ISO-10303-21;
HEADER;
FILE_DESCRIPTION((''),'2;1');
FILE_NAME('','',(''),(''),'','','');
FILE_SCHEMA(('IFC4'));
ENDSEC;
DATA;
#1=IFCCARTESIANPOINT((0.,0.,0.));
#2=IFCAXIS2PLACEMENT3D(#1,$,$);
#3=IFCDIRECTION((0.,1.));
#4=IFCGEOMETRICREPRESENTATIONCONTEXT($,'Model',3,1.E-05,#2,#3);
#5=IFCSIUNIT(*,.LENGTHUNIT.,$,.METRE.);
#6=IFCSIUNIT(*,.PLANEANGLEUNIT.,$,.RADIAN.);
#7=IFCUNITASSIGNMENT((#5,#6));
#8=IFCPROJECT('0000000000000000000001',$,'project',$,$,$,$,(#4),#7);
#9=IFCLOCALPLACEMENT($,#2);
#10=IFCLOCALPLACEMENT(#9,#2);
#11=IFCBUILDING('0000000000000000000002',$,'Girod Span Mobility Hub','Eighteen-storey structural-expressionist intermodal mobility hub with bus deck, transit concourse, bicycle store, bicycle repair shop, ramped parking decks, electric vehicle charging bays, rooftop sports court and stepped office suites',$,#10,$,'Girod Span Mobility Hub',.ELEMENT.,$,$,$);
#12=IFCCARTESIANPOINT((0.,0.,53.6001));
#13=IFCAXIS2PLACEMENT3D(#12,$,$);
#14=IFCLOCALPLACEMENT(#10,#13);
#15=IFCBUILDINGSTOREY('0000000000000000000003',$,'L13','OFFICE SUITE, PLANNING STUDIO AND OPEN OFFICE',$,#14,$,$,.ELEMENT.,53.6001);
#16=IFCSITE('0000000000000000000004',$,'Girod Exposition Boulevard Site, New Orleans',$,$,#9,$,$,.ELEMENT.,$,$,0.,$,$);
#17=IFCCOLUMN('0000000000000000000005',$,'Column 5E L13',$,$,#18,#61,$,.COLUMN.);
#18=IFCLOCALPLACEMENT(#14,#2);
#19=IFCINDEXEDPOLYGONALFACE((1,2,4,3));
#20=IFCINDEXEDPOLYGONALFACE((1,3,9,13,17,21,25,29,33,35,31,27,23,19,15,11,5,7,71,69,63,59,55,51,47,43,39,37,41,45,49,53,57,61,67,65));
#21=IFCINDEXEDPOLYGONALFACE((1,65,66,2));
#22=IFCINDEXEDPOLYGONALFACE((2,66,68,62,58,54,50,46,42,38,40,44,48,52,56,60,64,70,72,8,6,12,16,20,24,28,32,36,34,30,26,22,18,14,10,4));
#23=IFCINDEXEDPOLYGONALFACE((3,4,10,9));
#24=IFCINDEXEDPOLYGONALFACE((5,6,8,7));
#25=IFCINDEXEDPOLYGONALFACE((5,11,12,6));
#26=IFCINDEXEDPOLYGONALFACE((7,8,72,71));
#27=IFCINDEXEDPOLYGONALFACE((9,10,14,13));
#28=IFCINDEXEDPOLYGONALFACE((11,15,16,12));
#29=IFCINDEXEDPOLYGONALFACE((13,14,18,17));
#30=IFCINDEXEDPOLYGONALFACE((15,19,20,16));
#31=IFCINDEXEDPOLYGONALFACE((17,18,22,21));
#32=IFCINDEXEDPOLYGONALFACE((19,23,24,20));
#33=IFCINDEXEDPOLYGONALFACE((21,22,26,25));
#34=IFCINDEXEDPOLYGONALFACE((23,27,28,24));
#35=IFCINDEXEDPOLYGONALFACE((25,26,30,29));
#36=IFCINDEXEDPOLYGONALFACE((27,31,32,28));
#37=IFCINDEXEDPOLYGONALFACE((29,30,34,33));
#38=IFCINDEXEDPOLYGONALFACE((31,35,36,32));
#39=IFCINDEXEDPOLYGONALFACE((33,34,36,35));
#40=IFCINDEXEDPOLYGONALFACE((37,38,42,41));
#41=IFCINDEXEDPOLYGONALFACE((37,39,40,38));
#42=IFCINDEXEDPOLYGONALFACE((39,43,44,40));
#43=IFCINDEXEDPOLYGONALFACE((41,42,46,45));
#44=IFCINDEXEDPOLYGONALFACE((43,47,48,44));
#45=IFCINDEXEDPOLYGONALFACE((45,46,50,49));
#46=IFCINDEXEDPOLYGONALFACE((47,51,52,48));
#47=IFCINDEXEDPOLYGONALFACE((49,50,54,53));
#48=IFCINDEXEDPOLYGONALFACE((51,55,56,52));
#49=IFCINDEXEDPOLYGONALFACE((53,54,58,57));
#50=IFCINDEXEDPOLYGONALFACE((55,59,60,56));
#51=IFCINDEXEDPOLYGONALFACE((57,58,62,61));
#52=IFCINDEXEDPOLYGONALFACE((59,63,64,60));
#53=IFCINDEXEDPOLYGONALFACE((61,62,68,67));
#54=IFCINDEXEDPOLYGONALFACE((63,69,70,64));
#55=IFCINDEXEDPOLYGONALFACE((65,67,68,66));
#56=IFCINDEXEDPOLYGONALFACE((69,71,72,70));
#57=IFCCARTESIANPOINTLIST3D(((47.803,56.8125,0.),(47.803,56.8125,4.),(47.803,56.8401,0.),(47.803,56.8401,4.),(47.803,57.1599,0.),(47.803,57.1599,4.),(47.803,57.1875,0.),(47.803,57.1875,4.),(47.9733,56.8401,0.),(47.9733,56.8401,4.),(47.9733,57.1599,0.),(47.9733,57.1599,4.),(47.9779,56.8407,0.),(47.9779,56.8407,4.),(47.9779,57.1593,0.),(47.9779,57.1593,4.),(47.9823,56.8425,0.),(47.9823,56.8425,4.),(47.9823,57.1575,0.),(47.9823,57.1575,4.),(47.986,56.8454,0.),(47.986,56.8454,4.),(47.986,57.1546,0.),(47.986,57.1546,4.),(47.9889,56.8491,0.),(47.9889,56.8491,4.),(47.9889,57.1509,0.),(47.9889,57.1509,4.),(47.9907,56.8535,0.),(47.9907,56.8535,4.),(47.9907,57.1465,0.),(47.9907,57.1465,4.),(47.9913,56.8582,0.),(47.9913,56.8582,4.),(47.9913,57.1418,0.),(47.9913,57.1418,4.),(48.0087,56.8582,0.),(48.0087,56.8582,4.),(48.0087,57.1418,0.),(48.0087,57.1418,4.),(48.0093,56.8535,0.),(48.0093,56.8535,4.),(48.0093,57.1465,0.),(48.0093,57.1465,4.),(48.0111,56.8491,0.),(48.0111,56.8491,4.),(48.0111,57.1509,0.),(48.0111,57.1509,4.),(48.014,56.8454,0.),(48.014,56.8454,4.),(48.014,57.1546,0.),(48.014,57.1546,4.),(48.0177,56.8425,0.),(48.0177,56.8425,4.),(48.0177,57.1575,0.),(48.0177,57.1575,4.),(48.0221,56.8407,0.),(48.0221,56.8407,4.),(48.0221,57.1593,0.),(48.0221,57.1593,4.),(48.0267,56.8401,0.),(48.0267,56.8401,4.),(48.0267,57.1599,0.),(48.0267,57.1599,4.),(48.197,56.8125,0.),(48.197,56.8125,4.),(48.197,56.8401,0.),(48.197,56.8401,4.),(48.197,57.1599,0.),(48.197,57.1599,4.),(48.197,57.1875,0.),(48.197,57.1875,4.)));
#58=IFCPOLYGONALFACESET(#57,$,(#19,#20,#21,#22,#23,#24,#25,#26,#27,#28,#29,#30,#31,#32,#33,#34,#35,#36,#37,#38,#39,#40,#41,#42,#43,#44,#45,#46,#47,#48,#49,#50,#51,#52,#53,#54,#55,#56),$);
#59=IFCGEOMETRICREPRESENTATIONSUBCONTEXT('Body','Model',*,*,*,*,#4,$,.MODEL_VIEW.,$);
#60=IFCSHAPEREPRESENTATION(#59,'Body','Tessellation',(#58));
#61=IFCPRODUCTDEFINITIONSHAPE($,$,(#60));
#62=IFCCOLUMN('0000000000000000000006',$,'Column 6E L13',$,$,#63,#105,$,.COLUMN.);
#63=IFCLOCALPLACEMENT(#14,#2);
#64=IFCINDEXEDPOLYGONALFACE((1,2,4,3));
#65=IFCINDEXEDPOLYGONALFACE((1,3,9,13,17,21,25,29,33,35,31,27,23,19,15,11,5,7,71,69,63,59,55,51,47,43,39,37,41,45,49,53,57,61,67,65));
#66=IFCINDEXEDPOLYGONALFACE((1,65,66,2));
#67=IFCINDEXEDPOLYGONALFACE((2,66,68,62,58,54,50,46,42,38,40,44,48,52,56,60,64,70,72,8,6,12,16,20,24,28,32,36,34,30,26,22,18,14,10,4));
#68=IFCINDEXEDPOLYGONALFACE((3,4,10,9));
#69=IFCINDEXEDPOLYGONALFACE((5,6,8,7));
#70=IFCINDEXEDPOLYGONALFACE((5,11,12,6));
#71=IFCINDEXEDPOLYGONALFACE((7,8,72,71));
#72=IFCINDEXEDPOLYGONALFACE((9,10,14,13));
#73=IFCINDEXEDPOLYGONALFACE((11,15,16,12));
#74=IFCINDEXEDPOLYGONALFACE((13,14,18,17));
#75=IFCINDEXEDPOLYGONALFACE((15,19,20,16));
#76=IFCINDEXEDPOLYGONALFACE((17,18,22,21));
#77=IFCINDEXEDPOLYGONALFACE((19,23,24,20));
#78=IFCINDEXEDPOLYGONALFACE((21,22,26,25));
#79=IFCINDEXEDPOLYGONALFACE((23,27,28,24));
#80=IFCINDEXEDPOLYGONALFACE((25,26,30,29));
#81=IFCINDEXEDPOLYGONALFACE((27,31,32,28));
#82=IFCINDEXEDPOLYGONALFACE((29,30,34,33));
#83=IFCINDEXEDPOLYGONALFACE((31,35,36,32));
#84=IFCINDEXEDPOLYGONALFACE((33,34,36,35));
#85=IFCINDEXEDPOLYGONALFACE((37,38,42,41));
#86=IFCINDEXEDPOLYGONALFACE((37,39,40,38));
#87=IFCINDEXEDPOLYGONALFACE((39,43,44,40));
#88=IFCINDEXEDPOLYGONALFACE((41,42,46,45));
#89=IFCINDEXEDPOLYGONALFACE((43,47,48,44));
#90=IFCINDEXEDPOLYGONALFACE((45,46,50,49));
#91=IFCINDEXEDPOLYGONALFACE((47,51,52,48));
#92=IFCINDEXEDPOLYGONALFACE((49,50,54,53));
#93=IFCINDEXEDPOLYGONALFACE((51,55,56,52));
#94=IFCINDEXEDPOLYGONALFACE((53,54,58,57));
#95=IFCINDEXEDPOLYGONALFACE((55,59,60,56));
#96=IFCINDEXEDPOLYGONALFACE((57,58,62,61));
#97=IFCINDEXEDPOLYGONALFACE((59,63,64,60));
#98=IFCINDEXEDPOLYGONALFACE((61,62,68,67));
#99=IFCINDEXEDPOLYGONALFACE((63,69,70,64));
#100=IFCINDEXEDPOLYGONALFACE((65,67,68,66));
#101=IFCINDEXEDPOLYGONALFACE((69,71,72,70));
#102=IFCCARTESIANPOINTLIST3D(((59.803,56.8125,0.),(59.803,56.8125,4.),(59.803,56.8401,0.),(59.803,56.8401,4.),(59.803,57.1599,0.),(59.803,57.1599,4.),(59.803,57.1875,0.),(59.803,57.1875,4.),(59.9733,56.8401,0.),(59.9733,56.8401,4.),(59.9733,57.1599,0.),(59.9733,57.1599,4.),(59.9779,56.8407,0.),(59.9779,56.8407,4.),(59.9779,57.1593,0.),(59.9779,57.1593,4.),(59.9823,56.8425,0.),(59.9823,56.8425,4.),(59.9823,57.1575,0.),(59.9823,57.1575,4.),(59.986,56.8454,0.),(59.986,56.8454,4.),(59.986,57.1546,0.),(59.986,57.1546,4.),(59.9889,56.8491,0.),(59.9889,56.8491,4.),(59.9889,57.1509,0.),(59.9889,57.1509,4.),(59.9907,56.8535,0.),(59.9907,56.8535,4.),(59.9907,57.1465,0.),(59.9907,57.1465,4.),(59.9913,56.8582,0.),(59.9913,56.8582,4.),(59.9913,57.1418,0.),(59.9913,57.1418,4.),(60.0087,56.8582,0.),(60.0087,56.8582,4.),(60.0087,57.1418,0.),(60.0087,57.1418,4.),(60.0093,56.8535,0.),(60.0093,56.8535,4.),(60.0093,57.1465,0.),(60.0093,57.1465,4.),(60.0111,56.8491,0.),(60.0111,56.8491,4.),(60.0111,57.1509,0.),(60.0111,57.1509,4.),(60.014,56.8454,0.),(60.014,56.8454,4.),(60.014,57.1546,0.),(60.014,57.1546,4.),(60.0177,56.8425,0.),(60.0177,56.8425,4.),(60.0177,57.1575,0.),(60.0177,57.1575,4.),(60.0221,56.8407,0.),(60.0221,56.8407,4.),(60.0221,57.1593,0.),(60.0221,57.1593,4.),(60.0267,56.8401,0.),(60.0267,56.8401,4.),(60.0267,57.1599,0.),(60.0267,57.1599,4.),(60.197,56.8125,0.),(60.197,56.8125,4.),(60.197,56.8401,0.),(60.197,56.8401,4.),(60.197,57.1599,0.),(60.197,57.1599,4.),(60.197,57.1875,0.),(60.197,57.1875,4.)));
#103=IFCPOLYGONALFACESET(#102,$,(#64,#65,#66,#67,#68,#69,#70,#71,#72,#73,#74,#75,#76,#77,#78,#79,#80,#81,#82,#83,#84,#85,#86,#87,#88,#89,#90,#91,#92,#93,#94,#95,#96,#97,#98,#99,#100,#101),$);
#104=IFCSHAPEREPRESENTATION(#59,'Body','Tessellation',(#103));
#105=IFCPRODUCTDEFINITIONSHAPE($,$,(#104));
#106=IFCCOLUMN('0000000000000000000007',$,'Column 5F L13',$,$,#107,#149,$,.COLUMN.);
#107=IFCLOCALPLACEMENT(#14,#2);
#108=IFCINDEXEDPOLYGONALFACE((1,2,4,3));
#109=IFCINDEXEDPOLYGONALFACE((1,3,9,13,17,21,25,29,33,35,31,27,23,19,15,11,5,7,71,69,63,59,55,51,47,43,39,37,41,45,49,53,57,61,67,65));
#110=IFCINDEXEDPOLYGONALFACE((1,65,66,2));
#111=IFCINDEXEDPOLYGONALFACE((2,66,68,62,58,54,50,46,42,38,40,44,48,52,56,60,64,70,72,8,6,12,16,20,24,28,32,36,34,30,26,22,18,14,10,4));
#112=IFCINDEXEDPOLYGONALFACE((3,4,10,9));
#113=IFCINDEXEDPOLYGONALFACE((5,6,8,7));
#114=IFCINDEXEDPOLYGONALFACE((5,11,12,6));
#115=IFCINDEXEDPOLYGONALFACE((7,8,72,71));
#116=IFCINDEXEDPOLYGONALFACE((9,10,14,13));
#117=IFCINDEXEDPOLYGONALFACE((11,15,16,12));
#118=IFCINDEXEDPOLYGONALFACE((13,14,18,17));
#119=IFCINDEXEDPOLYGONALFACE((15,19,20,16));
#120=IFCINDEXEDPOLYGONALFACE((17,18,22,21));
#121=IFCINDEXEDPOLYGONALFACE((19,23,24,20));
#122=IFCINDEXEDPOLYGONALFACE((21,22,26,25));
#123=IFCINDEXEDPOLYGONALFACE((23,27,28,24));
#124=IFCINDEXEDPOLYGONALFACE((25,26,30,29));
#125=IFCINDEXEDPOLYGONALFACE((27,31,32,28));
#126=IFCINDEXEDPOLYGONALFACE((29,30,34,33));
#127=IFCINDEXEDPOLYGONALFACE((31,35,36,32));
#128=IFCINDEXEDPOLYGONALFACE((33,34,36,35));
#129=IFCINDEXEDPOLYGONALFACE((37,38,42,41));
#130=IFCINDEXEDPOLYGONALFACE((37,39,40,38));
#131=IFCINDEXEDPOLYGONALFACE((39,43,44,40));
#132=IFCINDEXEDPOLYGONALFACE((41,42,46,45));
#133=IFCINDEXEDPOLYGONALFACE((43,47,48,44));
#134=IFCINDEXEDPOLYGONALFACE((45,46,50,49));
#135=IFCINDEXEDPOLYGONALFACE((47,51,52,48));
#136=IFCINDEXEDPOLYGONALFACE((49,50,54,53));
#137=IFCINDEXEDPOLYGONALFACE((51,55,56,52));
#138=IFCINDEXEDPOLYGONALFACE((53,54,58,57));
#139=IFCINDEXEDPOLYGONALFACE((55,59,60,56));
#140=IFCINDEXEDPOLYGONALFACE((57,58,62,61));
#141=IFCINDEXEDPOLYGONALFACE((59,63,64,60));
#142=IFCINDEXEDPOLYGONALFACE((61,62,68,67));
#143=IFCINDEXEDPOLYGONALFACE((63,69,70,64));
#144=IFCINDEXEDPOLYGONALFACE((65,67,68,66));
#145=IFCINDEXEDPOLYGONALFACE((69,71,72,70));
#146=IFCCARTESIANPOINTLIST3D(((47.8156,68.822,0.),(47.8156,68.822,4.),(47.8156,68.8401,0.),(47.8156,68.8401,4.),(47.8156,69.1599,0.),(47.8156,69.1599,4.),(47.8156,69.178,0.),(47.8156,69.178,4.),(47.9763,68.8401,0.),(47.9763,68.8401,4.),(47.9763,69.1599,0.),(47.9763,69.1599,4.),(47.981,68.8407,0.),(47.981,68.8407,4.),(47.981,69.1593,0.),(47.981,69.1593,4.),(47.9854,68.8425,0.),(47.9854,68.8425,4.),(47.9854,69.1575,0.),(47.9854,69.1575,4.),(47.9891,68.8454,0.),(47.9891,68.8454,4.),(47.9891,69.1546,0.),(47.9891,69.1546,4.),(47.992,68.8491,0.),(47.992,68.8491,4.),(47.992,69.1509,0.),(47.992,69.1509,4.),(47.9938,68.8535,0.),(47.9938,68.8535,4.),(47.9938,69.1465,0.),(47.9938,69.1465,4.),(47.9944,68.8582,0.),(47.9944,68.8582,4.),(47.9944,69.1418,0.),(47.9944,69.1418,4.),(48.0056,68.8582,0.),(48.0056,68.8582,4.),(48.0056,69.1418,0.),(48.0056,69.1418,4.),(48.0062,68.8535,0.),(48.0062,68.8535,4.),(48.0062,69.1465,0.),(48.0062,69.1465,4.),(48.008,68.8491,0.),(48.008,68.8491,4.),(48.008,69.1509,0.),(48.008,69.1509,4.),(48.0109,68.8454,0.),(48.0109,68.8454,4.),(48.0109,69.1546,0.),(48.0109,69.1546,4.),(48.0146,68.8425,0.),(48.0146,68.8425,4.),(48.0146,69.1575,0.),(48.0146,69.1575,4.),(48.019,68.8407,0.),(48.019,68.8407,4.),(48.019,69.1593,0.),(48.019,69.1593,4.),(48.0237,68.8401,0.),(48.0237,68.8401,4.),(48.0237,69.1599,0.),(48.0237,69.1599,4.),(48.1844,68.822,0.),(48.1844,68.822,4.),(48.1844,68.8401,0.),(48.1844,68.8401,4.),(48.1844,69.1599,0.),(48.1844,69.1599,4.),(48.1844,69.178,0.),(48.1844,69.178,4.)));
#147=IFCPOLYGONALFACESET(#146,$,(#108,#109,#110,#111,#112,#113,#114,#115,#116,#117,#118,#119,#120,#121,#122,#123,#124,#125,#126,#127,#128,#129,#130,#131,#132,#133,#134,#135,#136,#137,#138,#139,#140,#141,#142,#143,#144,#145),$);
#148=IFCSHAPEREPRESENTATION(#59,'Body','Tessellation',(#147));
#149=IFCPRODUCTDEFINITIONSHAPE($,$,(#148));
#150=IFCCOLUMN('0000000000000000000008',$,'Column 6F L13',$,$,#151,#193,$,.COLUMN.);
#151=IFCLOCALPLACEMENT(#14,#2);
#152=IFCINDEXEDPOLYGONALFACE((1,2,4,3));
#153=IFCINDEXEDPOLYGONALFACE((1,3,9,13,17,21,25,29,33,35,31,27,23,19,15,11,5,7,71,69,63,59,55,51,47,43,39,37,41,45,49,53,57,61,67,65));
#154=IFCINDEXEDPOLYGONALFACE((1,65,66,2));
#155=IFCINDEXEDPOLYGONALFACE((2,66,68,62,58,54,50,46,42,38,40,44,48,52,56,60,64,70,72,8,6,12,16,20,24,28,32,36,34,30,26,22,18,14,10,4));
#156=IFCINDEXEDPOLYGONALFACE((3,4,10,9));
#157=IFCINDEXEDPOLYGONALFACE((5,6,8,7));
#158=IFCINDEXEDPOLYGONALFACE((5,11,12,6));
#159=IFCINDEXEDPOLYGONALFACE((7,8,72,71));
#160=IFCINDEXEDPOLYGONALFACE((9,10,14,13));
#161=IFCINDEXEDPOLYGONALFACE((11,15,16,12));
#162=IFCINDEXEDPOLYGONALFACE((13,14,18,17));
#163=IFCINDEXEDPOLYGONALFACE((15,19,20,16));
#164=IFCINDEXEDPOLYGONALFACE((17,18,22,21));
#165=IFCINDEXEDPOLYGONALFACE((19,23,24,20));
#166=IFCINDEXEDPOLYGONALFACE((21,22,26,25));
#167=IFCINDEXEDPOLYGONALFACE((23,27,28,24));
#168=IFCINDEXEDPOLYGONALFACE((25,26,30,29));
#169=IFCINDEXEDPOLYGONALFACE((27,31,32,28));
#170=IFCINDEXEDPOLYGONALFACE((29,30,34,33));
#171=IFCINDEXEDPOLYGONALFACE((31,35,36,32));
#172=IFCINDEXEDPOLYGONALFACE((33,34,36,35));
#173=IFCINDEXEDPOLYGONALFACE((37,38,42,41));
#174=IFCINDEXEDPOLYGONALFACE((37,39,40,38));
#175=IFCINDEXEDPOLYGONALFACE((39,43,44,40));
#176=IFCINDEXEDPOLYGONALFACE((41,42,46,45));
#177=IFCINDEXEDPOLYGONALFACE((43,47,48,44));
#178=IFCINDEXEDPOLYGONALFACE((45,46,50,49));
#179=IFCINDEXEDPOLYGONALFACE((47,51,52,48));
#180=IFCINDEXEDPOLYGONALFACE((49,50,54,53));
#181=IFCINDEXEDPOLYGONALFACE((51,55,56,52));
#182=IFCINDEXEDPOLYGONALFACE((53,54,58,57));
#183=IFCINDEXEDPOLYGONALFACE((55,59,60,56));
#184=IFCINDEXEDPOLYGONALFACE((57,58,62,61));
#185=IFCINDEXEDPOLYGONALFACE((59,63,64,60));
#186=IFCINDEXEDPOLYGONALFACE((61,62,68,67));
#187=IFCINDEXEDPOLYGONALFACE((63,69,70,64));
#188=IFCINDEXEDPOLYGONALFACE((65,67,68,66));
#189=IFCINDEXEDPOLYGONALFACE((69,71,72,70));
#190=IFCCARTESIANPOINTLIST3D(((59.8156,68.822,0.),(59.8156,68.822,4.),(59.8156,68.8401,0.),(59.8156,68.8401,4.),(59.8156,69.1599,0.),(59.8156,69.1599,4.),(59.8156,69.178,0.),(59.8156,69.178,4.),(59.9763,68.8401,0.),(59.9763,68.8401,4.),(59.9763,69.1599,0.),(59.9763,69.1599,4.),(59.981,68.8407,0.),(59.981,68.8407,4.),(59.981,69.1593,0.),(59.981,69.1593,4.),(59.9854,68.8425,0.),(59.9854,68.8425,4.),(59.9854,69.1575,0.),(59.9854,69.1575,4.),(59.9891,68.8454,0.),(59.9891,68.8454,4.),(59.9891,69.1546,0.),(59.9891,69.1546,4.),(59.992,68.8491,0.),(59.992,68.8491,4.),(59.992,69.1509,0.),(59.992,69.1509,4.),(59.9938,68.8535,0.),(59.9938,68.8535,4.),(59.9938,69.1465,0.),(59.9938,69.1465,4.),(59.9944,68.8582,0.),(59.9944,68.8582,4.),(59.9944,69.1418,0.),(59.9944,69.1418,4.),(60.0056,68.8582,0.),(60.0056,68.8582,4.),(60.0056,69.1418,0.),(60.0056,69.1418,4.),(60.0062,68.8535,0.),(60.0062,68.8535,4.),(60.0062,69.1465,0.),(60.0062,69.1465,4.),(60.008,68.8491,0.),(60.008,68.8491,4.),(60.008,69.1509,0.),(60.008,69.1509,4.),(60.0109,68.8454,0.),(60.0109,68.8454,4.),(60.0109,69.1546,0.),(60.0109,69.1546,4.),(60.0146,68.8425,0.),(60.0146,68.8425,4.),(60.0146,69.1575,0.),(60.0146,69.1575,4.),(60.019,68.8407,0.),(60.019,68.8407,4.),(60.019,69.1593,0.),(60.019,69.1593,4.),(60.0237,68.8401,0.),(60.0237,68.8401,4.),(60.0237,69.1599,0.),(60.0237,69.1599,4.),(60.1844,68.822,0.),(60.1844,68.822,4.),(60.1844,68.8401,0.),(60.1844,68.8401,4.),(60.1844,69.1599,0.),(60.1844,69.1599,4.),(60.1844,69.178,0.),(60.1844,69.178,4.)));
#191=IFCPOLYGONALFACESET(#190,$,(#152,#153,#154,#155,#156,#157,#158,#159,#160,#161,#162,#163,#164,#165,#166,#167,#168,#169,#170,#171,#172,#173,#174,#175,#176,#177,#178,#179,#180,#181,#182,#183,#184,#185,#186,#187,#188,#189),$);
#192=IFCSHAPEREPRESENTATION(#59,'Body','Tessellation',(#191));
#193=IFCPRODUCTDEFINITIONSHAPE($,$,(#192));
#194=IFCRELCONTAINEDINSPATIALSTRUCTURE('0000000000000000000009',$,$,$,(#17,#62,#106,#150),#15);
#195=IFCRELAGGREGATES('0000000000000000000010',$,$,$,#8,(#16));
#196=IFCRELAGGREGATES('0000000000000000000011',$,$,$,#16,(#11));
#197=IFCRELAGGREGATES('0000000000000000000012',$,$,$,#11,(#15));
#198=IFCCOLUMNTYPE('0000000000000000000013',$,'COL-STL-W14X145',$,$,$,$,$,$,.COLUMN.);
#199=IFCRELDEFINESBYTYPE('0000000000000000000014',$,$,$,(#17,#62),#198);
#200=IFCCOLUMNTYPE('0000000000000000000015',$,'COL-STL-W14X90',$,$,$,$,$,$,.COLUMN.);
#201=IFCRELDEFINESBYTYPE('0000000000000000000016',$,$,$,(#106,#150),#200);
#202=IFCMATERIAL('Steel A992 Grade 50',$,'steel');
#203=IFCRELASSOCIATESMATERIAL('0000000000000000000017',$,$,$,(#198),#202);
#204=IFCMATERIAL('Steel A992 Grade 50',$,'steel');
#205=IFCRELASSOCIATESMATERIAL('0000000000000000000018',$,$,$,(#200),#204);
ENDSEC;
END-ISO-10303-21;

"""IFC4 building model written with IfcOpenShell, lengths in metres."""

from ifc_helpers import new_model, si_unit, direction, frame, origin, origin_2d, place, context, subcontext, project, spatial, i_section, extrude, material, material_profile, profile_set, type_object, element, save


model = new_model("IFC4")

# Units and contexts
model_context = context("Model", 3, precision=1e-05, world=origin(), true_north=direction((0.0, 1.0)))
body_context = subcontext(model_context, "Body", "Model", "MODEL_VIEW")
ifc_project = project(units=[si_unit("LENGTHUNIT", "METRE"), si_unit("PLANEANGLEUNIT", "RADIAN")], contexts=[model_context])

# Site, building, storey
site_placement = place(None, origin())
site = spatial("IfcSite", under=ifc_project, at=site_placement, Name="Girod Exposition Boulevard Site, New Orleans", CompositionType="ELEMENT", RefElevation=0.0)
building_placement = place(site_placement, origin())
building = spatial("IfcBuilding", under=site, at=building_placement, Name="Girod Span Mobility Hub", Description="Eighteen-storey structural-expressionist intermodal mobility hub with bus deck, transit concourse, bicycle store, bicycle repair shop, ramped parking decks, electric vehicle charging bays, rooftop sports court and stepped office suites", LongName="Girod Span Mobility Hub", CompositionType="ELEMENT")
storey_placement = place(building_placement, frame((0.0, 0.0, 53.6001)))
storey = spatial("IfcBuildingStorey", under=building, at=storey_placement, Name="L13", Description="OFFICE SUITE, PLANNING STUDIO AND OPEN OFFICE", CompositionType="ELEMENT", Elevation=53.6001)

# Columns
ifc_material_1 = material(Name="Steel A992 Grade 50", Category="steel")
ifc_material_profile_1 = material_profile(ifc_material_1, i_section(OverallWidth=0.394, OverallDepth=0.375, WebThickness=0.0173, FlangeThickness=0.0276, FilletRadius=0.0181, at=origin_2d()), Name="W14X145")
ifc_profile_set_1 = profile_set([ifc_material_profile_1], Name="Steel A992 Grade 50")
column_type_1 = type_object("IfcColumnType", Name="COL-STL-W14X145", PredefinedType="COLUMN", material=ifc_profile_set_1)
for number, where, z_axis, x_axis, name in (
    (1, (48.0, 57.0, 0.0), (0.0, 0.0, 1.0), (1.0, 0.0, 0.0), "Column 5E L13"),
    (2, (60.0, 57.0, 0.0), (0.0, 0.0, 1.0), (1.0, 0.0, 0.0), "Column 6E L13"),
):
    element("IfcColumn", number, at=place(storey_placement, frame(where, z_axis=z_axis, x_axis=x_axis)), inside=storey, type_object=column_type_1, Name=name, PredefinedType="COLUMN", context=body_context, shape_type="SweptSolid", body=[
        extrude(i_section(OverallWidth=0.394, OverallDepth=0.375, WebThickness=0.0173, FlangeThickness=0.0276, FilletRadius=0.0181, at=origin_2d()), origin(), (0.0, 0.0, 1.0), 4.0),
    ])
ifc_material_2 = material(Name="Steel A992 Grade 50", Category="steel")
ifc_material_profile_2 = material_profile(ifc_material_2, i_section(OverallWidth=0.3689, OverallDepth=0.356, WebThickness=0.0112, FlangeThickness=0.0181, FilletRadius=0.0181, at=origin_2d()), Name="W14X90")
ifc_profile_set_2 = profile_set([ifc_material_profile_2], Name="Steel A992 Grade 50")
column_type_2 = type_object("IfcColumnType", Name="COL-STL-W14X90", PredefinedType="COLUMN", material=ifc_profile_set_2)
for number, where, z_axis, x_axis, name in (
    (3, (48.0, 69.0, 0.0), (0.0, 0.0, 1.0), (1.0, 0.0, 0.0), "Column 5F L13"),
    (4, (60.0, 69.0, 0.0), (0.0, 0.0, 1.0), (1.0, 0.0, 0.0), "Column 6F L13"),
):
    element("IfcColumn", number, at=place(storey_placement, frame(where, z_axis=z_axis, x_axis=x_axis)), inside=storey, type_object=column_type_2, Name=name, PredefinedType="COLUMN", context=body_context, shape_type="SweptSolid", body=[
        extrude(i_section(OverallWidth=0.3689, OverallDepth=0.356, WebThickness=0.0112, FlangeThickness=0.0181, FilletRadius=0.0181, at=origin_2d()), origin(), (0.0, 0.0, 1.0), 4.0),
    ])

save(model, "model.ifc")
